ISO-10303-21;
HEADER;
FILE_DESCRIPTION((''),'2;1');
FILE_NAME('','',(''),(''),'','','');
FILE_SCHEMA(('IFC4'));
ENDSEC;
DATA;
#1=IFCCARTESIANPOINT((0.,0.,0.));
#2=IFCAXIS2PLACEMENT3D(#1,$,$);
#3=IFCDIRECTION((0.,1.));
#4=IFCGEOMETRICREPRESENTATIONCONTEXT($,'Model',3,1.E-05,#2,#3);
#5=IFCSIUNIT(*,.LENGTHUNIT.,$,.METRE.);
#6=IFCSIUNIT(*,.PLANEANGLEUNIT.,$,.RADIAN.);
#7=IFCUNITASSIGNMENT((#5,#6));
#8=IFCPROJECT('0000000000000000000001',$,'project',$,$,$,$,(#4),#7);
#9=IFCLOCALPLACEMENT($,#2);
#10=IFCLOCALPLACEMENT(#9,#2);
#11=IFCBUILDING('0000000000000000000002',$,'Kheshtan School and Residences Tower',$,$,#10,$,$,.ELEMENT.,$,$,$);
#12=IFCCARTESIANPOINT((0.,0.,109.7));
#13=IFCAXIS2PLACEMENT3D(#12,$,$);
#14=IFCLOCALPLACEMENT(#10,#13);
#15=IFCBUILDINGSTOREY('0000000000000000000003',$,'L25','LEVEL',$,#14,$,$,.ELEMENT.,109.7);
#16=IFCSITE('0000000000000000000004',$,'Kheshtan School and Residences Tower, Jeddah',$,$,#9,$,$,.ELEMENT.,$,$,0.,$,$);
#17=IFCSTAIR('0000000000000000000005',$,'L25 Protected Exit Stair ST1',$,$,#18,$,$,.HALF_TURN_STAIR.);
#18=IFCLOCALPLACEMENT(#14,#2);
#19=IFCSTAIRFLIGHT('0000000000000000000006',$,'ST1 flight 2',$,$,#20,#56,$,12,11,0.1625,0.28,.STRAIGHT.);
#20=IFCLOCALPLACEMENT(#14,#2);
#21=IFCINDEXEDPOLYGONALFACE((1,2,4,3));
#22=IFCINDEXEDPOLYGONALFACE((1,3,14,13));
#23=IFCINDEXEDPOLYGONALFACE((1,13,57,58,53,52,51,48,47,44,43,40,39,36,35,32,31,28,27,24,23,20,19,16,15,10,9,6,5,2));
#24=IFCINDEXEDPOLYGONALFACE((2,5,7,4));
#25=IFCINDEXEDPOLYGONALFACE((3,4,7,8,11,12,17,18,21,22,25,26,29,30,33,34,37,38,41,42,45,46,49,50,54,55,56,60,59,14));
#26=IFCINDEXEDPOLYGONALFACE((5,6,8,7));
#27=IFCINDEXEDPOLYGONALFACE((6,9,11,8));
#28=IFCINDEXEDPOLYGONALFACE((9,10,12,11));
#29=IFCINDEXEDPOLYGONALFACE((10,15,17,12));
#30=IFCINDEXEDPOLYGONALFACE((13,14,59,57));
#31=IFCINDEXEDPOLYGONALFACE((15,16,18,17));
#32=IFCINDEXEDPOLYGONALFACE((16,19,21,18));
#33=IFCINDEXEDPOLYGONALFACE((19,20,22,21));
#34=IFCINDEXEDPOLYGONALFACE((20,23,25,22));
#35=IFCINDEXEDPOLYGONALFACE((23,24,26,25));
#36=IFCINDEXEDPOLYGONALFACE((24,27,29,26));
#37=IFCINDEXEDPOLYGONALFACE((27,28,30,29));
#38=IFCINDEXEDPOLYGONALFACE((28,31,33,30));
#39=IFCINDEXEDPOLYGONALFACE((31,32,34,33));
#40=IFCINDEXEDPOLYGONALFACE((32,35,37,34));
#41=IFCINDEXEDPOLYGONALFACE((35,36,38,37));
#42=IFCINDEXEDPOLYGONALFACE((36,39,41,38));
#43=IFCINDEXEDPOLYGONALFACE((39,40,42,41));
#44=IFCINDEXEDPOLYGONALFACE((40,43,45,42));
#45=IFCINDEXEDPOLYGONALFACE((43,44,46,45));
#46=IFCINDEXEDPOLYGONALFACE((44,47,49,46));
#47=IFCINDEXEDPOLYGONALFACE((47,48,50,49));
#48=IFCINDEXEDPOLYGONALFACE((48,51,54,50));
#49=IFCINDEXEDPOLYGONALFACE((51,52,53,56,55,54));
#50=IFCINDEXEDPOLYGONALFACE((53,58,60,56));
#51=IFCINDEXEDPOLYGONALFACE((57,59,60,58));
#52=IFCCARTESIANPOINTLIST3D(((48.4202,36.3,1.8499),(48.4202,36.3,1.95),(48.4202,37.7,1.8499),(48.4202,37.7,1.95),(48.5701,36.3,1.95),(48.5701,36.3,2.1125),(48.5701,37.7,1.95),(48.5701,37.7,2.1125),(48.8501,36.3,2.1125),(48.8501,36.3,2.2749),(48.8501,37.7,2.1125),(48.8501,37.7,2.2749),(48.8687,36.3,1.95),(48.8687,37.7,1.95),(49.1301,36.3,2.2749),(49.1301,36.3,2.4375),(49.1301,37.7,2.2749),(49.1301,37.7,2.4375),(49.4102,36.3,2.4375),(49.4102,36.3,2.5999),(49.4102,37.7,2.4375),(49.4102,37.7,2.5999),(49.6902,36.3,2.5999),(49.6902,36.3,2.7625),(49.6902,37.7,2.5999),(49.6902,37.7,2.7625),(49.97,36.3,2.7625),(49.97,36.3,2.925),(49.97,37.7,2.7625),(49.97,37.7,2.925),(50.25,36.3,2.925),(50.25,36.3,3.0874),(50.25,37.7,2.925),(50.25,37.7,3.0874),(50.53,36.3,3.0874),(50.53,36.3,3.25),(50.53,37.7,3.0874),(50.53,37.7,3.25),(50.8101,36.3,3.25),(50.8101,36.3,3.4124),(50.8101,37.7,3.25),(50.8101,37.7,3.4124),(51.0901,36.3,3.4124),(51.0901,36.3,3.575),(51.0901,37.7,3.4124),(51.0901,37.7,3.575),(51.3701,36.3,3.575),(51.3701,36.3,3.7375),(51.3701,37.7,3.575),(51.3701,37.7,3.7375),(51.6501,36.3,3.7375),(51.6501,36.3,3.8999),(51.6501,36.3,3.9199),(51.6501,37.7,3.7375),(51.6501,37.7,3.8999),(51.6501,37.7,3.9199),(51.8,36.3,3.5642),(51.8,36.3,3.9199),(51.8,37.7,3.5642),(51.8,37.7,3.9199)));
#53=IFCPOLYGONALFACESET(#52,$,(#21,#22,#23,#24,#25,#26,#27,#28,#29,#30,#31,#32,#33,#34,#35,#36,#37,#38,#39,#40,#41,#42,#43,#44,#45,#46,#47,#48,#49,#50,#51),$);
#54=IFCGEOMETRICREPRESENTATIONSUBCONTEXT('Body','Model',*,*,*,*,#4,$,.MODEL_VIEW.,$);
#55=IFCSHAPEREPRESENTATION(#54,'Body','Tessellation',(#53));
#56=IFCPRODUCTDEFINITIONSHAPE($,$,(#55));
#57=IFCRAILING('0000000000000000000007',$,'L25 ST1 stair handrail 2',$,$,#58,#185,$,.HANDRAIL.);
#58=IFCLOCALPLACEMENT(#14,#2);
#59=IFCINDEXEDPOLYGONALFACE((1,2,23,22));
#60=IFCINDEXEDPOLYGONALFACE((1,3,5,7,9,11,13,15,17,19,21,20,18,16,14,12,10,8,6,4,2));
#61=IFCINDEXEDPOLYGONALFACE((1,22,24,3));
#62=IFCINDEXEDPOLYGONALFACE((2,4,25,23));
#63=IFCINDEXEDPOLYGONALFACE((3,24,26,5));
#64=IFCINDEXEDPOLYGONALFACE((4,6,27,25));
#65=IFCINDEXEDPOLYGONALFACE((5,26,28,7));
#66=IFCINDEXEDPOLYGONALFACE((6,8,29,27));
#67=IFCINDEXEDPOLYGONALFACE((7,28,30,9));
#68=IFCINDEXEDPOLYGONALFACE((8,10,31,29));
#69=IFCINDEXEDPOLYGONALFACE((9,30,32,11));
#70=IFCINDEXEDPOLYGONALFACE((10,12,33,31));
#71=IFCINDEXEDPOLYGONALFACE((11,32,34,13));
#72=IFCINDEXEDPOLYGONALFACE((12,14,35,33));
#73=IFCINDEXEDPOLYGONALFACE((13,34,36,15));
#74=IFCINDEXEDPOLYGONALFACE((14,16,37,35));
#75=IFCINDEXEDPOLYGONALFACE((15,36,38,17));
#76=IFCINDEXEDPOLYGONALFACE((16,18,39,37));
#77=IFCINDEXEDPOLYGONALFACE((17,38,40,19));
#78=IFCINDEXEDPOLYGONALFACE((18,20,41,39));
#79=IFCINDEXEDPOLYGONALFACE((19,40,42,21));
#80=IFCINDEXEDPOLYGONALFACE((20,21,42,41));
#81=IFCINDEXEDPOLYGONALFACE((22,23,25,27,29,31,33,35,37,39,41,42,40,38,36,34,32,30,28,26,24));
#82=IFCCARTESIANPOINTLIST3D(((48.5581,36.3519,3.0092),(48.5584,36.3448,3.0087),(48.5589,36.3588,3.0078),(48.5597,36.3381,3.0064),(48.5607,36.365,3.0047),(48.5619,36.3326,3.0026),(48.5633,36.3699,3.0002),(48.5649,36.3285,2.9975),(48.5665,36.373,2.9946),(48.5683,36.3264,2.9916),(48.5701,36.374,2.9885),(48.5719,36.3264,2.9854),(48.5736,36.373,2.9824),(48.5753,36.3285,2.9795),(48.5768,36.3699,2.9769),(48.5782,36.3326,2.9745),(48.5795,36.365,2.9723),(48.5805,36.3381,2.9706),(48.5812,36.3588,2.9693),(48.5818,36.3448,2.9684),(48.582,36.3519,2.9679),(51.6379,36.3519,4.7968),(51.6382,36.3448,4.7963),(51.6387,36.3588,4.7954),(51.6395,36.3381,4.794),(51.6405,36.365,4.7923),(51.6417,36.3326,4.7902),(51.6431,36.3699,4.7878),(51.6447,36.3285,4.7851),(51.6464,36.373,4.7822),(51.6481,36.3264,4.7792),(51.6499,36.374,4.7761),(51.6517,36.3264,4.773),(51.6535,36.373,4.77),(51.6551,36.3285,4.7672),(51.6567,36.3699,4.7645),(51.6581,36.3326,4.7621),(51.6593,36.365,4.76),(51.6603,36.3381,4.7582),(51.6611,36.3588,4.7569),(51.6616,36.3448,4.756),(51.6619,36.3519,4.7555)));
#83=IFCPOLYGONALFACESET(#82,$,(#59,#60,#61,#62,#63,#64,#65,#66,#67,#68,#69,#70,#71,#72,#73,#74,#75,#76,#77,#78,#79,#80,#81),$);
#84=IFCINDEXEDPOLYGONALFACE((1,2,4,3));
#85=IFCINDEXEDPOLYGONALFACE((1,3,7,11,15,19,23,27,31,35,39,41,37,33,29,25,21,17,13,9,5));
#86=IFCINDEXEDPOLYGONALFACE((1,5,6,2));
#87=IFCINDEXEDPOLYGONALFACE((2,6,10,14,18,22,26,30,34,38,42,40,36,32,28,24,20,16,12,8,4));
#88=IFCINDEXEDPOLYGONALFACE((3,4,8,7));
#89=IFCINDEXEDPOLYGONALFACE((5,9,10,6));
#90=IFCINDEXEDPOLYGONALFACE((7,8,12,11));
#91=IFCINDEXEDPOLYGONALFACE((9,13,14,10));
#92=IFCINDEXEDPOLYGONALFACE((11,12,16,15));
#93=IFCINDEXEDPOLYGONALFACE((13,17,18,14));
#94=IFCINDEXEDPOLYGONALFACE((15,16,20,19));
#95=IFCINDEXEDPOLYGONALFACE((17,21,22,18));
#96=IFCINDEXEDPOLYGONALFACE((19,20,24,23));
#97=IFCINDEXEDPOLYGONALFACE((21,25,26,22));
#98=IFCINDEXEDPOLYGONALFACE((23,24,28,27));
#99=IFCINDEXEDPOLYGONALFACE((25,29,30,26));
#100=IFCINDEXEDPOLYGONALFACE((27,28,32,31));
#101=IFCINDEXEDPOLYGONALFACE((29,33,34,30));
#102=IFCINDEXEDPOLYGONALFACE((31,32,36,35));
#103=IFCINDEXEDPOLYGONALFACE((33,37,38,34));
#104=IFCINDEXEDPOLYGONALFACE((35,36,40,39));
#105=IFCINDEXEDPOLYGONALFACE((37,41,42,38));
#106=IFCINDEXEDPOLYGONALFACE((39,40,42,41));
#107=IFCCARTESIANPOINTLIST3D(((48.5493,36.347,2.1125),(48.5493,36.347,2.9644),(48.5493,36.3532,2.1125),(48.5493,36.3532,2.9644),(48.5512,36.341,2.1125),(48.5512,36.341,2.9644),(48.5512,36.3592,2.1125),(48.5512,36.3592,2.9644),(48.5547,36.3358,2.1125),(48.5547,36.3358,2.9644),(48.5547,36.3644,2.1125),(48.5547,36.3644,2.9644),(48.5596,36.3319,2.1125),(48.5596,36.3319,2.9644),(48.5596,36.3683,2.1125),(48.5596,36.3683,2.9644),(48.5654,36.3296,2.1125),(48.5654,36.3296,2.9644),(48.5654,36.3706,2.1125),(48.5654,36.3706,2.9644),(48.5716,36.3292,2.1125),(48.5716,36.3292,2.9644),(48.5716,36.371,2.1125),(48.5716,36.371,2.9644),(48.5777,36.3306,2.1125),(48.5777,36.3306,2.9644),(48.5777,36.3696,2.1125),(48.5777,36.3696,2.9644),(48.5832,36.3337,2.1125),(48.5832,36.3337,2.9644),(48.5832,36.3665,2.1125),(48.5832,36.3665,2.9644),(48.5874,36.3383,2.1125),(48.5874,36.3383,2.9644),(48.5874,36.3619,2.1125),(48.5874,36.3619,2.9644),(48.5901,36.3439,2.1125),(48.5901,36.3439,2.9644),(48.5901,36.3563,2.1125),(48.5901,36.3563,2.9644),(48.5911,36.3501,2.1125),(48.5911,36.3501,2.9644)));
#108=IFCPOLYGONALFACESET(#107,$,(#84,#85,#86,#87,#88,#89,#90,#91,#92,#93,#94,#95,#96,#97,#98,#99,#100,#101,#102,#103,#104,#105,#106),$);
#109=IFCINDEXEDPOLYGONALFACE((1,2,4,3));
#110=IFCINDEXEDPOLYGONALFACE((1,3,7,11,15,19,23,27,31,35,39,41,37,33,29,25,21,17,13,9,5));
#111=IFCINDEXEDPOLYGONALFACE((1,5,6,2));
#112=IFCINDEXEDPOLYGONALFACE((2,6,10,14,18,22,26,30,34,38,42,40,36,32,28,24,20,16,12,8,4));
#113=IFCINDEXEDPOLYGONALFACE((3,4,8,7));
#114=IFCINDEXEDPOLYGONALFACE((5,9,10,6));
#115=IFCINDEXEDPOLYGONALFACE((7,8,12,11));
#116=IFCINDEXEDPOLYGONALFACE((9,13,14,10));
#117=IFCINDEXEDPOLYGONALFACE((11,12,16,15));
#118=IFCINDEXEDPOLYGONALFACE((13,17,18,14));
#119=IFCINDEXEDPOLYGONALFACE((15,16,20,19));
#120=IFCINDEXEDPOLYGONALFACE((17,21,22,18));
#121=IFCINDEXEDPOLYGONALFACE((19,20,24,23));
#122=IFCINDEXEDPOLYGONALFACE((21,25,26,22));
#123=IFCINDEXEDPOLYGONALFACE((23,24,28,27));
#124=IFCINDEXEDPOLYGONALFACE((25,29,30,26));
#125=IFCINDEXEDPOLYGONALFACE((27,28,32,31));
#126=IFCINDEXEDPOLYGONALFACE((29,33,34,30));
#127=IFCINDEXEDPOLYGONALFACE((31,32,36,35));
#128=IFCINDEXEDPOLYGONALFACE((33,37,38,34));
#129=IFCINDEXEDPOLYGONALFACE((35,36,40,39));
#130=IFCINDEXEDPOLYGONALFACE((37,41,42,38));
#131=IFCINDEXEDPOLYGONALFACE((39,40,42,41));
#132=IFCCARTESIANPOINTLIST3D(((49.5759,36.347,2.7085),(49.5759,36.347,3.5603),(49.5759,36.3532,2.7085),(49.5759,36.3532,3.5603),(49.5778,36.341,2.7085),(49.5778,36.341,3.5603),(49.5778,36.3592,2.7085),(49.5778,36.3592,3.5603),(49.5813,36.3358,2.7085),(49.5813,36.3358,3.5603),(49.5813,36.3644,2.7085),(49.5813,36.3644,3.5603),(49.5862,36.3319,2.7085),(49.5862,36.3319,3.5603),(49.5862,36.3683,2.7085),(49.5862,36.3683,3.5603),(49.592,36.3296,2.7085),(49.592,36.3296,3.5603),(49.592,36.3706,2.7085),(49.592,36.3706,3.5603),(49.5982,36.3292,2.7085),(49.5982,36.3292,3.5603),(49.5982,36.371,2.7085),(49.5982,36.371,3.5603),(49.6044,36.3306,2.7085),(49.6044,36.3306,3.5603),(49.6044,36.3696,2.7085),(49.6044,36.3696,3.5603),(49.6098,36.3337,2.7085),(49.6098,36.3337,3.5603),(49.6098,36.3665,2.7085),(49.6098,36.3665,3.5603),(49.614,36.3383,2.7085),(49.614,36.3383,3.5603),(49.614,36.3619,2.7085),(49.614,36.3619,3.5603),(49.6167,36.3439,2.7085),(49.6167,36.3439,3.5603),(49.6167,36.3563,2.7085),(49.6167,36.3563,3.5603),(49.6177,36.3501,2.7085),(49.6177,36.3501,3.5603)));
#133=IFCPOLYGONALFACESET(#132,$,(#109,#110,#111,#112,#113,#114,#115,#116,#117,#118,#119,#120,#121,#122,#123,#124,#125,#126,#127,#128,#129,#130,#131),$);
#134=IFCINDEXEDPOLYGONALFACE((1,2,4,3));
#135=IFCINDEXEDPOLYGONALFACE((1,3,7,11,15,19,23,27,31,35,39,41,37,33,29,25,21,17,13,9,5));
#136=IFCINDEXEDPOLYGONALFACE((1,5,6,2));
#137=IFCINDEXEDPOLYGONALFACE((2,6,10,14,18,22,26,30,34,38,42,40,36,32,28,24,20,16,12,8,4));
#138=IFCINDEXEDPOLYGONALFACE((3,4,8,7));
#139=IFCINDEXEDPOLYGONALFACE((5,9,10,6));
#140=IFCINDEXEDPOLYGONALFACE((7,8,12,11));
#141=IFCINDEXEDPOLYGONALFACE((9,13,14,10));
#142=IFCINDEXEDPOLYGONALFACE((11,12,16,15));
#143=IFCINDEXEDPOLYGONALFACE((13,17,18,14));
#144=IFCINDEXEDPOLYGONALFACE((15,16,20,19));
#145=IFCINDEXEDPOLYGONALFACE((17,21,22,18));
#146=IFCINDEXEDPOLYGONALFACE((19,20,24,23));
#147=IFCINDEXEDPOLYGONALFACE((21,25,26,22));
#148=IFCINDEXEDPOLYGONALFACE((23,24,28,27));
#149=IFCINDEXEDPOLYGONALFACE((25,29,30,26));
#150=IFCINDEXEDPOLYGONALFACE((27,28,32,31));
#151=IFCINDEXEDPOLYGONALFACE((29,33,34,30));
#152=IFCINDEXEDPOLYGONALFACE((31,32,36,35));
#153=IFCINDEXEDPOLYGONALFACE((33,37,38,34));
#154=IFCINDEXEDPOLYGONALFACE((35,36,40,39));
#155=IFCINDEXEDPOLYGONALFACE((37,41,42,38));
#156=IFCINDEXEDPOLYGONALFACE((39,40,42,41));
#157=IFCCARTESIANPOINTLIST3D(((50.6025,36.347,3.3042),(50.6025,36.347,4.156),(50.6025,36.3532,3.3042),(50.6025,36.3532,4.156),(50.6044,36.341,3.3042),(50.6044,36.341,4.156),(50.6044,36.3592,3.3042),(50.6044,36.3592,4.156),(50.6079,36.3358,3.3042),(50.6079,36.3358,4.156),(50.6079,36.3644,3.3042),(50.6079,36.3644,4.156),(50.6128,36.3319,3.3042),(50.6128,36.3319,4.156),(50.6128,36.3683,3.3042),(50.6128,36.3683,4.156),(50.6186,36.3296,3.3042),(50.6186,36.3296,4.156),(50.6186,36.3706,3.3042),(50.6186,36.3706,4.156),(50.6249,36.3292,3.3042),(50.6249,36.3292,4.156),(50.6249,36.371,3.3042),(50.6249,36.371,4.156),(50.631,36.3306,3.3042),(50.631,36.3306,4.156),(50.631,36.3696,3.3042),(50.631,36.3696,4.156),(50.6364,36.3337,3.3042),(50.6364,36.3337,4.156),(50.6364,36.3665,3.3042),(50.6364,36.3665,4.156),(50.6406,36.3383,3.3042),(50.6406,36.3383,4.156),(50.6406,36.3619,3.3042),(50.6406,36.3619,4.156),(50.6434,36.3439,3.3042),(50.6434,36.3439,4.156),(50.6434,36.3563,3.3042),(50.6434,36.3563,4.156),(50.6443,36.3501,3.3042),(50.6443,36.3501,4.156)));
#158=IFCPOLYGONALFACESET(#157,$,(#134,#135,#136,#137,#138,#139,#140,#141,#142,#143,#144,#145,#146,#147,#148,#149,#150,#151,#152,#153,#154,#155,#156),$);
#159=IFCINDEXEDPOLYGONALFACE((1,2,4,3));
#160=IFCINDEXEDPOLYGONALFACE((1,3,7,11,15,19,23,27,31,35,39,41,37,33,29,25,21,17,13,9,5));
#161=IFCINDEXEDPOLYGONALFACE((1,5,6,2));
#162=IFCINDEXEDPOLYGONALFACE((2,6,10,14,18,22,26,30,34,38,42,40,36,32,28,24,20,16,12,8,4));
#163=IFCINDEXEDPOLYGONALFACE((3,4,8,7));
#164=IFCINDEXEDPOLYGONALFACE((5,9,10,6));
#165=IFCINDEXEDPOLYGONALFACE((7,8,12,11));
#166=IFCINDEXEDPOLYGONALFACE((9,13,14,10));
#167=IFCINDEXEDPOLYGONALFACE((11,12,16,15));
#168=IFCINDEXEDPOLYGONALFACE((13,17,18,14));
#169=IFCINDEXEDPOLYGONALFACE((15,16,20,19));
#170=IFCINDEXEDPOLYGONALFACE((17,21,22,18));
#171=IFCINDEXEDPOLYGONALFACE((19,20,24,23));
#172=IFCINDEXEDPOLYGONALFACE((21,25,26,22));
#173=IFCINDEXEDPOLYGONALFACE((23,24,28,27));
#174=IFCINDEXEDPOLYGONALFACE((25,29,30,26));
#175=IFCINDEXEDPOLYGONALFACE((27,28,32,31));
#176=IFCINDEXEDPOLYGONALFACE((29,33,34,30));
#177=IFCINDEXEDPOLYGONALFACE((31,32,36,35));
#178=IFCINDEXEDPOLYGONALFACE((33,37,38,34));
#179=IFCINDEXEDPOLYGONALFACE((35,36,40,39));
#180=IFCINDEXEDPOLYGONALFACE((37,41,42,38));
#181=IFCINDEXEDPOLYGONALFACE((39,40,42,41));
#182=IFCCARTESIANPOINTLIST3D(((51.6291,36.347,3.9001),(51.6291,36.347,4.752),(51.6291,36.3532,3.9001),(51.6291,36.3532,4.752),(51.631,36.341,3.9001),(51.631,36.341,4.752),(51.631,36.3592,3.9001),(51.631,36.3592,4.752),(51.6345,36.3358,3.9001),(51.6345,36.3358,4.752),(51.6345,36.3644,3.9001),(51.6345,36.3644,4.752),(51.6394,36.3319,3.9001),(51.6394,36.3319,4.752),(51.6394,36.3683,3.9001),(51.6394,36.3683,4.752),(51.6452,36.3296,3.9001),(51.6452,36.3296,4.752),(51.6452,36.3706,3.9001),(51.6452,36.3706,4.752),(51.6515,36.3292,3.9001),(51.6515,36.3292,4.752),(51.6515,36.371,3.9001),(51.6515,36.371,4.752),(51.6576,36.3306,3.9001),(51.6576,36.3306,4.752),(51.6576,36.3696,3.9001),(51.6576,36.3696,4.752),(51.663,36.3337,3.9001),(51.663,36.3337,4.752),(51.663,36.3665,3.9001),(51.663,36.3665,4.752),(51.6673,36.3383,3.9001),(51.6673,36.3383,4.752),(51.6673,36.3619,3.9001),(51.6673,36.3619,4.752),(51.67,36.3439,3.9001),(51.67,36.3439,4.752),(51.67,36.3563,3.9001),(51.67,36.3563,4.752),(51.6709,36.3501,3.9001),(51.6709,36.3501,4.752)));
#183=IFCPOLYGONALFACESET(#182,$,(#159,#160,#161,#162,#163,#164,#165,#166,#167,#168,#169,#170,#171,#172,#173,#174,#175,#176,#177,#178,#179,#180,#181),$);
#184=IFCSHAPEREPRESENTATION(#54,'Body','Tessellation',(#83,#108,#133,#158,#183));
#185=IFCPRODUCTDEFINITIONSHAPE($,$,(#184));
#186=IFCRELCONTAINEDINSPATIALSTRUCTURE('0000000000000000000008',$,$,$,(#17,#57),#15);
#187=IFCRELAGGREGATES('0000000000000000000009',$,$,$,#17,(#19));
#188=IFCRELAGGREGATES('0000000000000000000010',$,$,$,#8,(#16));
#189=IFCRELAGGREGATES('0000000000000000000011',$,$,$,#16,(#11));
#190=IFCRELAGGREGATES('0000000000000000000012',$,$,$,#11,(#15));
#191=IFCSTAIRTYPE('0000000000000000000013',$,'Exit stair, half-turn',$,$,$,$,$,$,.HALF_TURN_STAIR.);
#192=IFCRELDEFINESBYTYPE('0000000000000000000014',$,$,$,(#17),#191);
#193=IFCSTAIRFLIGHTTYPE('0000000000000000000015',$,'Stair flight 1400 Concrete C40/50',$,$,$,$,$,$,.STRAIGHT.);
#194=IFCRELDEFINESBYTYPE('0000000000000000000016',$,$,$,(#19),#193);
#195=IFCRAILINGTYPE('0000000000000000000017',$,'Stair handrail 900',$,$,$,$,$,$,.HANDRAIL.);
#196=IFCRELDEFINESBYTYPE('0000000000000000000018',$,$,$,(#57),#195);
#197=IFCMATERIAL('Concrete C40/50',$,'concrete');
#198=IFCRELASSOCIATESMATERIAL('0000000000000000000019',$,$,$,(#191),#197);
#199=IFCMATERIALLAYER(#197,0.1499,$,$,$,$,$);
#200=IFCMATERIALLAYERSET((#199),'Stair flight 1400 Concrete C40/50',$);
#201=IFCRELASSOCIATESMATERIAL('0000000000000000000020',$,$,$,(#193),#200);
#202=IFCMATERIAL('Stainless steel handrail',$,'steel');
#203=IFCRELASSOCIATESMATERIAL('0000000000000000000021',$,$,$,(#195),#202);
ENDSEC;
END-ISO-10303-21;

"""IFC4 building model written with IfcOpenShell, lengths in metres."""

from ifc_helpers import new_model, si_unit, direction, frame, origin, origin_2d, place, context, subcontext, project, spatial, polyline, circle, outline, extrude, material, layer, layer_set, type_object, element, aggregate, save


model = new_model("IFC4")

# Units and contexts
model_context = context("Model", 3, precision=1e-05, world=origin(), true_north=direction((0.0, 1.0)))
body_context = subcontext(model_context, "Body", "Model", "MODEL_VIEW")
ifc_project = project(units=[si_unit("LENGTHUNIT", "METRE"), si_unit("PLANEANGLEUNIT", "RADIAN")], contexts=[model_context])

# Site, building, storey
site_placement = place(None, origin())
site = spatial("IfcSite", under=ifc_project, at=site_placement, Name="Kheshtan School and Residences Tower, Jeddah", CompositionType="ELEMENT", RefElevation=0.0)
building_placement = place(site_placement, origin())
building = spatial("IfcBuilding", under=site, at=building_placement, Name="Kheshtan School and Residences Tower", CompositionType="ELEMENT")
storey_placement = place(building_placement, frame((0.0, 0.0, 109.7)))
storey = spatial("IfcBuildingStorey", under=building, at=storey_placement, Name="L25", Description="LEVEL", CompositionType="ELEMENT", Elevation=109.7)

# Shared definitions
ifc_material_1 = material(Name="Concrete C40/50", Category="concrete")

# Stair, stair flight
stair_type = type_object("IfcStairType", Name="Exit stair, half-turn", PredefinedType="HALF_TURN_STAIR", material=ifc_material_1)
stair_placement = place(storey_placement, origin())
stair = element("IfcStair", 1, at=stair_placement, inside=storey, type_object=stair_type, Name="L25 Protected Exit Stair ST1", PredefinedType="HALF_TURN_STAIR")
ifc_layer_1 = layer(ifc_material_1, 0.1499)
ifc_layer_set_1 = layer_set([ifc_layer_1], Name="Stair flight 1400 Concrete C40/50")
stair_flight_type = type_object("IfcStairFlightType", Name="Stair flight 1400 Concrete C40/50", PredefinedType="STRAIGHT", material=ifc_layer_set_1)
stair_flight_placement = place(storey_placement, frame((48.5701, 37.0, 1.95), z_axis=(0.0, 0.0, 1.0), x_axis=(1.0, 0.0, 0.0)))
stair_flight = element("IfcStairFlight", 2, at=stair_flight_placement, type_object=stair_flight_type, Name="ST1 flight 2", NumberOfRisers=12, NumberOfTreads=11, PredefinedType="STRAIGHT", RiserHeight=0.1625, TreadLength=0.28, context=body_context, shape_type="SweptSolid", body=[
    extrude(outline(polyline([(-0.1499, -0.1001), (-0.1499, 0.0), (0.0, 0.0), (0.0, 0.1626), (0.28, 0.1626), (0.28, 0.325), (0.5601, 0.325), (0.5601, 0.4875), (0.8401, 0.4875), (0.8401, 0.6499), (1.1201, 0.6499), (1.1201, 0.8125), (1.3999, 0.8125), (1.3999, 0.9751), (1.6799, 0.9751), (1.6799, 1.1375), (1.96, 1.1375), (1.96, 1.3), (2.24, 1.3), (2.24, 1.4624), (2.52, 1.4624), (2.52, 1.625), (2.8, 1.625), (2.8, 1.7876), (3.0801, 1.7876), (3.0801, 1.95), (3.0801, 1.97), (3.23, 1.97), (3.23, 1.6143), (0.2986, 0.0), (-0.1499, -0.1001)])), frame((0.0, 0.7, 0.0), z_axis=(0.0, -1.0, 0.0), x_axis=(1.0, 0.0, 0.0)), (0.0, 0.0, 1.0), 1.3999),
])
aggregate(stair, [stair_flight])

# Railing
ifc_material_2 = material(Name="Stainless steel handrail", Category="steel")
railing_type = type_object("IfcRailingType", Name="Stair handrail 900", PredefinedType="HANDRAIL", material=ifc_material_2)
railing_placement = place(storey_placement, frame((48.5701, 36.3501, 2.1125)))
element("IfcRailing", 3, at=railing_placement, inside=storey, type_object=railing_type, Name="L25 ST1 stair handrail 2", PredefinedType="HANDRAIL", context=body_context, shape_type="SweptSolid", body=[
    extrude(circle(Radius=0.0239, at=origin_2d()), frame((0.0, 0.0, 0.876), z_axis=(0.864873, 0.0, 0.50199), x_axis=(0.0, 1.0, 0.0)), (0.0, 0.0, 1.0), 3.561),
    extrude(circle(Radius=0.021, at=origin_2d()), origin(), (0.0, 0.0, 1.0), 0.8518),
    extrude(circle(Radius=0.021, at=origin_2d()), frame((1.0266, 0.0, 0.5959)), (0.0, 0.0, 1.0), 0.8518),
    extrude(circle(Radius=0.021, at=origin_2d()), frame((2.0532, 0.0, 1.1917)), (0.0, 0.0, 1.0), 0.8518),
    extrude(circle(Radius=0.021, at=origin_2d()), frame((3.0798, 0.0, 1.7876)), (0.0, 0.0, 1.0), 0.8518),
])

save(model, "model.ifc")
